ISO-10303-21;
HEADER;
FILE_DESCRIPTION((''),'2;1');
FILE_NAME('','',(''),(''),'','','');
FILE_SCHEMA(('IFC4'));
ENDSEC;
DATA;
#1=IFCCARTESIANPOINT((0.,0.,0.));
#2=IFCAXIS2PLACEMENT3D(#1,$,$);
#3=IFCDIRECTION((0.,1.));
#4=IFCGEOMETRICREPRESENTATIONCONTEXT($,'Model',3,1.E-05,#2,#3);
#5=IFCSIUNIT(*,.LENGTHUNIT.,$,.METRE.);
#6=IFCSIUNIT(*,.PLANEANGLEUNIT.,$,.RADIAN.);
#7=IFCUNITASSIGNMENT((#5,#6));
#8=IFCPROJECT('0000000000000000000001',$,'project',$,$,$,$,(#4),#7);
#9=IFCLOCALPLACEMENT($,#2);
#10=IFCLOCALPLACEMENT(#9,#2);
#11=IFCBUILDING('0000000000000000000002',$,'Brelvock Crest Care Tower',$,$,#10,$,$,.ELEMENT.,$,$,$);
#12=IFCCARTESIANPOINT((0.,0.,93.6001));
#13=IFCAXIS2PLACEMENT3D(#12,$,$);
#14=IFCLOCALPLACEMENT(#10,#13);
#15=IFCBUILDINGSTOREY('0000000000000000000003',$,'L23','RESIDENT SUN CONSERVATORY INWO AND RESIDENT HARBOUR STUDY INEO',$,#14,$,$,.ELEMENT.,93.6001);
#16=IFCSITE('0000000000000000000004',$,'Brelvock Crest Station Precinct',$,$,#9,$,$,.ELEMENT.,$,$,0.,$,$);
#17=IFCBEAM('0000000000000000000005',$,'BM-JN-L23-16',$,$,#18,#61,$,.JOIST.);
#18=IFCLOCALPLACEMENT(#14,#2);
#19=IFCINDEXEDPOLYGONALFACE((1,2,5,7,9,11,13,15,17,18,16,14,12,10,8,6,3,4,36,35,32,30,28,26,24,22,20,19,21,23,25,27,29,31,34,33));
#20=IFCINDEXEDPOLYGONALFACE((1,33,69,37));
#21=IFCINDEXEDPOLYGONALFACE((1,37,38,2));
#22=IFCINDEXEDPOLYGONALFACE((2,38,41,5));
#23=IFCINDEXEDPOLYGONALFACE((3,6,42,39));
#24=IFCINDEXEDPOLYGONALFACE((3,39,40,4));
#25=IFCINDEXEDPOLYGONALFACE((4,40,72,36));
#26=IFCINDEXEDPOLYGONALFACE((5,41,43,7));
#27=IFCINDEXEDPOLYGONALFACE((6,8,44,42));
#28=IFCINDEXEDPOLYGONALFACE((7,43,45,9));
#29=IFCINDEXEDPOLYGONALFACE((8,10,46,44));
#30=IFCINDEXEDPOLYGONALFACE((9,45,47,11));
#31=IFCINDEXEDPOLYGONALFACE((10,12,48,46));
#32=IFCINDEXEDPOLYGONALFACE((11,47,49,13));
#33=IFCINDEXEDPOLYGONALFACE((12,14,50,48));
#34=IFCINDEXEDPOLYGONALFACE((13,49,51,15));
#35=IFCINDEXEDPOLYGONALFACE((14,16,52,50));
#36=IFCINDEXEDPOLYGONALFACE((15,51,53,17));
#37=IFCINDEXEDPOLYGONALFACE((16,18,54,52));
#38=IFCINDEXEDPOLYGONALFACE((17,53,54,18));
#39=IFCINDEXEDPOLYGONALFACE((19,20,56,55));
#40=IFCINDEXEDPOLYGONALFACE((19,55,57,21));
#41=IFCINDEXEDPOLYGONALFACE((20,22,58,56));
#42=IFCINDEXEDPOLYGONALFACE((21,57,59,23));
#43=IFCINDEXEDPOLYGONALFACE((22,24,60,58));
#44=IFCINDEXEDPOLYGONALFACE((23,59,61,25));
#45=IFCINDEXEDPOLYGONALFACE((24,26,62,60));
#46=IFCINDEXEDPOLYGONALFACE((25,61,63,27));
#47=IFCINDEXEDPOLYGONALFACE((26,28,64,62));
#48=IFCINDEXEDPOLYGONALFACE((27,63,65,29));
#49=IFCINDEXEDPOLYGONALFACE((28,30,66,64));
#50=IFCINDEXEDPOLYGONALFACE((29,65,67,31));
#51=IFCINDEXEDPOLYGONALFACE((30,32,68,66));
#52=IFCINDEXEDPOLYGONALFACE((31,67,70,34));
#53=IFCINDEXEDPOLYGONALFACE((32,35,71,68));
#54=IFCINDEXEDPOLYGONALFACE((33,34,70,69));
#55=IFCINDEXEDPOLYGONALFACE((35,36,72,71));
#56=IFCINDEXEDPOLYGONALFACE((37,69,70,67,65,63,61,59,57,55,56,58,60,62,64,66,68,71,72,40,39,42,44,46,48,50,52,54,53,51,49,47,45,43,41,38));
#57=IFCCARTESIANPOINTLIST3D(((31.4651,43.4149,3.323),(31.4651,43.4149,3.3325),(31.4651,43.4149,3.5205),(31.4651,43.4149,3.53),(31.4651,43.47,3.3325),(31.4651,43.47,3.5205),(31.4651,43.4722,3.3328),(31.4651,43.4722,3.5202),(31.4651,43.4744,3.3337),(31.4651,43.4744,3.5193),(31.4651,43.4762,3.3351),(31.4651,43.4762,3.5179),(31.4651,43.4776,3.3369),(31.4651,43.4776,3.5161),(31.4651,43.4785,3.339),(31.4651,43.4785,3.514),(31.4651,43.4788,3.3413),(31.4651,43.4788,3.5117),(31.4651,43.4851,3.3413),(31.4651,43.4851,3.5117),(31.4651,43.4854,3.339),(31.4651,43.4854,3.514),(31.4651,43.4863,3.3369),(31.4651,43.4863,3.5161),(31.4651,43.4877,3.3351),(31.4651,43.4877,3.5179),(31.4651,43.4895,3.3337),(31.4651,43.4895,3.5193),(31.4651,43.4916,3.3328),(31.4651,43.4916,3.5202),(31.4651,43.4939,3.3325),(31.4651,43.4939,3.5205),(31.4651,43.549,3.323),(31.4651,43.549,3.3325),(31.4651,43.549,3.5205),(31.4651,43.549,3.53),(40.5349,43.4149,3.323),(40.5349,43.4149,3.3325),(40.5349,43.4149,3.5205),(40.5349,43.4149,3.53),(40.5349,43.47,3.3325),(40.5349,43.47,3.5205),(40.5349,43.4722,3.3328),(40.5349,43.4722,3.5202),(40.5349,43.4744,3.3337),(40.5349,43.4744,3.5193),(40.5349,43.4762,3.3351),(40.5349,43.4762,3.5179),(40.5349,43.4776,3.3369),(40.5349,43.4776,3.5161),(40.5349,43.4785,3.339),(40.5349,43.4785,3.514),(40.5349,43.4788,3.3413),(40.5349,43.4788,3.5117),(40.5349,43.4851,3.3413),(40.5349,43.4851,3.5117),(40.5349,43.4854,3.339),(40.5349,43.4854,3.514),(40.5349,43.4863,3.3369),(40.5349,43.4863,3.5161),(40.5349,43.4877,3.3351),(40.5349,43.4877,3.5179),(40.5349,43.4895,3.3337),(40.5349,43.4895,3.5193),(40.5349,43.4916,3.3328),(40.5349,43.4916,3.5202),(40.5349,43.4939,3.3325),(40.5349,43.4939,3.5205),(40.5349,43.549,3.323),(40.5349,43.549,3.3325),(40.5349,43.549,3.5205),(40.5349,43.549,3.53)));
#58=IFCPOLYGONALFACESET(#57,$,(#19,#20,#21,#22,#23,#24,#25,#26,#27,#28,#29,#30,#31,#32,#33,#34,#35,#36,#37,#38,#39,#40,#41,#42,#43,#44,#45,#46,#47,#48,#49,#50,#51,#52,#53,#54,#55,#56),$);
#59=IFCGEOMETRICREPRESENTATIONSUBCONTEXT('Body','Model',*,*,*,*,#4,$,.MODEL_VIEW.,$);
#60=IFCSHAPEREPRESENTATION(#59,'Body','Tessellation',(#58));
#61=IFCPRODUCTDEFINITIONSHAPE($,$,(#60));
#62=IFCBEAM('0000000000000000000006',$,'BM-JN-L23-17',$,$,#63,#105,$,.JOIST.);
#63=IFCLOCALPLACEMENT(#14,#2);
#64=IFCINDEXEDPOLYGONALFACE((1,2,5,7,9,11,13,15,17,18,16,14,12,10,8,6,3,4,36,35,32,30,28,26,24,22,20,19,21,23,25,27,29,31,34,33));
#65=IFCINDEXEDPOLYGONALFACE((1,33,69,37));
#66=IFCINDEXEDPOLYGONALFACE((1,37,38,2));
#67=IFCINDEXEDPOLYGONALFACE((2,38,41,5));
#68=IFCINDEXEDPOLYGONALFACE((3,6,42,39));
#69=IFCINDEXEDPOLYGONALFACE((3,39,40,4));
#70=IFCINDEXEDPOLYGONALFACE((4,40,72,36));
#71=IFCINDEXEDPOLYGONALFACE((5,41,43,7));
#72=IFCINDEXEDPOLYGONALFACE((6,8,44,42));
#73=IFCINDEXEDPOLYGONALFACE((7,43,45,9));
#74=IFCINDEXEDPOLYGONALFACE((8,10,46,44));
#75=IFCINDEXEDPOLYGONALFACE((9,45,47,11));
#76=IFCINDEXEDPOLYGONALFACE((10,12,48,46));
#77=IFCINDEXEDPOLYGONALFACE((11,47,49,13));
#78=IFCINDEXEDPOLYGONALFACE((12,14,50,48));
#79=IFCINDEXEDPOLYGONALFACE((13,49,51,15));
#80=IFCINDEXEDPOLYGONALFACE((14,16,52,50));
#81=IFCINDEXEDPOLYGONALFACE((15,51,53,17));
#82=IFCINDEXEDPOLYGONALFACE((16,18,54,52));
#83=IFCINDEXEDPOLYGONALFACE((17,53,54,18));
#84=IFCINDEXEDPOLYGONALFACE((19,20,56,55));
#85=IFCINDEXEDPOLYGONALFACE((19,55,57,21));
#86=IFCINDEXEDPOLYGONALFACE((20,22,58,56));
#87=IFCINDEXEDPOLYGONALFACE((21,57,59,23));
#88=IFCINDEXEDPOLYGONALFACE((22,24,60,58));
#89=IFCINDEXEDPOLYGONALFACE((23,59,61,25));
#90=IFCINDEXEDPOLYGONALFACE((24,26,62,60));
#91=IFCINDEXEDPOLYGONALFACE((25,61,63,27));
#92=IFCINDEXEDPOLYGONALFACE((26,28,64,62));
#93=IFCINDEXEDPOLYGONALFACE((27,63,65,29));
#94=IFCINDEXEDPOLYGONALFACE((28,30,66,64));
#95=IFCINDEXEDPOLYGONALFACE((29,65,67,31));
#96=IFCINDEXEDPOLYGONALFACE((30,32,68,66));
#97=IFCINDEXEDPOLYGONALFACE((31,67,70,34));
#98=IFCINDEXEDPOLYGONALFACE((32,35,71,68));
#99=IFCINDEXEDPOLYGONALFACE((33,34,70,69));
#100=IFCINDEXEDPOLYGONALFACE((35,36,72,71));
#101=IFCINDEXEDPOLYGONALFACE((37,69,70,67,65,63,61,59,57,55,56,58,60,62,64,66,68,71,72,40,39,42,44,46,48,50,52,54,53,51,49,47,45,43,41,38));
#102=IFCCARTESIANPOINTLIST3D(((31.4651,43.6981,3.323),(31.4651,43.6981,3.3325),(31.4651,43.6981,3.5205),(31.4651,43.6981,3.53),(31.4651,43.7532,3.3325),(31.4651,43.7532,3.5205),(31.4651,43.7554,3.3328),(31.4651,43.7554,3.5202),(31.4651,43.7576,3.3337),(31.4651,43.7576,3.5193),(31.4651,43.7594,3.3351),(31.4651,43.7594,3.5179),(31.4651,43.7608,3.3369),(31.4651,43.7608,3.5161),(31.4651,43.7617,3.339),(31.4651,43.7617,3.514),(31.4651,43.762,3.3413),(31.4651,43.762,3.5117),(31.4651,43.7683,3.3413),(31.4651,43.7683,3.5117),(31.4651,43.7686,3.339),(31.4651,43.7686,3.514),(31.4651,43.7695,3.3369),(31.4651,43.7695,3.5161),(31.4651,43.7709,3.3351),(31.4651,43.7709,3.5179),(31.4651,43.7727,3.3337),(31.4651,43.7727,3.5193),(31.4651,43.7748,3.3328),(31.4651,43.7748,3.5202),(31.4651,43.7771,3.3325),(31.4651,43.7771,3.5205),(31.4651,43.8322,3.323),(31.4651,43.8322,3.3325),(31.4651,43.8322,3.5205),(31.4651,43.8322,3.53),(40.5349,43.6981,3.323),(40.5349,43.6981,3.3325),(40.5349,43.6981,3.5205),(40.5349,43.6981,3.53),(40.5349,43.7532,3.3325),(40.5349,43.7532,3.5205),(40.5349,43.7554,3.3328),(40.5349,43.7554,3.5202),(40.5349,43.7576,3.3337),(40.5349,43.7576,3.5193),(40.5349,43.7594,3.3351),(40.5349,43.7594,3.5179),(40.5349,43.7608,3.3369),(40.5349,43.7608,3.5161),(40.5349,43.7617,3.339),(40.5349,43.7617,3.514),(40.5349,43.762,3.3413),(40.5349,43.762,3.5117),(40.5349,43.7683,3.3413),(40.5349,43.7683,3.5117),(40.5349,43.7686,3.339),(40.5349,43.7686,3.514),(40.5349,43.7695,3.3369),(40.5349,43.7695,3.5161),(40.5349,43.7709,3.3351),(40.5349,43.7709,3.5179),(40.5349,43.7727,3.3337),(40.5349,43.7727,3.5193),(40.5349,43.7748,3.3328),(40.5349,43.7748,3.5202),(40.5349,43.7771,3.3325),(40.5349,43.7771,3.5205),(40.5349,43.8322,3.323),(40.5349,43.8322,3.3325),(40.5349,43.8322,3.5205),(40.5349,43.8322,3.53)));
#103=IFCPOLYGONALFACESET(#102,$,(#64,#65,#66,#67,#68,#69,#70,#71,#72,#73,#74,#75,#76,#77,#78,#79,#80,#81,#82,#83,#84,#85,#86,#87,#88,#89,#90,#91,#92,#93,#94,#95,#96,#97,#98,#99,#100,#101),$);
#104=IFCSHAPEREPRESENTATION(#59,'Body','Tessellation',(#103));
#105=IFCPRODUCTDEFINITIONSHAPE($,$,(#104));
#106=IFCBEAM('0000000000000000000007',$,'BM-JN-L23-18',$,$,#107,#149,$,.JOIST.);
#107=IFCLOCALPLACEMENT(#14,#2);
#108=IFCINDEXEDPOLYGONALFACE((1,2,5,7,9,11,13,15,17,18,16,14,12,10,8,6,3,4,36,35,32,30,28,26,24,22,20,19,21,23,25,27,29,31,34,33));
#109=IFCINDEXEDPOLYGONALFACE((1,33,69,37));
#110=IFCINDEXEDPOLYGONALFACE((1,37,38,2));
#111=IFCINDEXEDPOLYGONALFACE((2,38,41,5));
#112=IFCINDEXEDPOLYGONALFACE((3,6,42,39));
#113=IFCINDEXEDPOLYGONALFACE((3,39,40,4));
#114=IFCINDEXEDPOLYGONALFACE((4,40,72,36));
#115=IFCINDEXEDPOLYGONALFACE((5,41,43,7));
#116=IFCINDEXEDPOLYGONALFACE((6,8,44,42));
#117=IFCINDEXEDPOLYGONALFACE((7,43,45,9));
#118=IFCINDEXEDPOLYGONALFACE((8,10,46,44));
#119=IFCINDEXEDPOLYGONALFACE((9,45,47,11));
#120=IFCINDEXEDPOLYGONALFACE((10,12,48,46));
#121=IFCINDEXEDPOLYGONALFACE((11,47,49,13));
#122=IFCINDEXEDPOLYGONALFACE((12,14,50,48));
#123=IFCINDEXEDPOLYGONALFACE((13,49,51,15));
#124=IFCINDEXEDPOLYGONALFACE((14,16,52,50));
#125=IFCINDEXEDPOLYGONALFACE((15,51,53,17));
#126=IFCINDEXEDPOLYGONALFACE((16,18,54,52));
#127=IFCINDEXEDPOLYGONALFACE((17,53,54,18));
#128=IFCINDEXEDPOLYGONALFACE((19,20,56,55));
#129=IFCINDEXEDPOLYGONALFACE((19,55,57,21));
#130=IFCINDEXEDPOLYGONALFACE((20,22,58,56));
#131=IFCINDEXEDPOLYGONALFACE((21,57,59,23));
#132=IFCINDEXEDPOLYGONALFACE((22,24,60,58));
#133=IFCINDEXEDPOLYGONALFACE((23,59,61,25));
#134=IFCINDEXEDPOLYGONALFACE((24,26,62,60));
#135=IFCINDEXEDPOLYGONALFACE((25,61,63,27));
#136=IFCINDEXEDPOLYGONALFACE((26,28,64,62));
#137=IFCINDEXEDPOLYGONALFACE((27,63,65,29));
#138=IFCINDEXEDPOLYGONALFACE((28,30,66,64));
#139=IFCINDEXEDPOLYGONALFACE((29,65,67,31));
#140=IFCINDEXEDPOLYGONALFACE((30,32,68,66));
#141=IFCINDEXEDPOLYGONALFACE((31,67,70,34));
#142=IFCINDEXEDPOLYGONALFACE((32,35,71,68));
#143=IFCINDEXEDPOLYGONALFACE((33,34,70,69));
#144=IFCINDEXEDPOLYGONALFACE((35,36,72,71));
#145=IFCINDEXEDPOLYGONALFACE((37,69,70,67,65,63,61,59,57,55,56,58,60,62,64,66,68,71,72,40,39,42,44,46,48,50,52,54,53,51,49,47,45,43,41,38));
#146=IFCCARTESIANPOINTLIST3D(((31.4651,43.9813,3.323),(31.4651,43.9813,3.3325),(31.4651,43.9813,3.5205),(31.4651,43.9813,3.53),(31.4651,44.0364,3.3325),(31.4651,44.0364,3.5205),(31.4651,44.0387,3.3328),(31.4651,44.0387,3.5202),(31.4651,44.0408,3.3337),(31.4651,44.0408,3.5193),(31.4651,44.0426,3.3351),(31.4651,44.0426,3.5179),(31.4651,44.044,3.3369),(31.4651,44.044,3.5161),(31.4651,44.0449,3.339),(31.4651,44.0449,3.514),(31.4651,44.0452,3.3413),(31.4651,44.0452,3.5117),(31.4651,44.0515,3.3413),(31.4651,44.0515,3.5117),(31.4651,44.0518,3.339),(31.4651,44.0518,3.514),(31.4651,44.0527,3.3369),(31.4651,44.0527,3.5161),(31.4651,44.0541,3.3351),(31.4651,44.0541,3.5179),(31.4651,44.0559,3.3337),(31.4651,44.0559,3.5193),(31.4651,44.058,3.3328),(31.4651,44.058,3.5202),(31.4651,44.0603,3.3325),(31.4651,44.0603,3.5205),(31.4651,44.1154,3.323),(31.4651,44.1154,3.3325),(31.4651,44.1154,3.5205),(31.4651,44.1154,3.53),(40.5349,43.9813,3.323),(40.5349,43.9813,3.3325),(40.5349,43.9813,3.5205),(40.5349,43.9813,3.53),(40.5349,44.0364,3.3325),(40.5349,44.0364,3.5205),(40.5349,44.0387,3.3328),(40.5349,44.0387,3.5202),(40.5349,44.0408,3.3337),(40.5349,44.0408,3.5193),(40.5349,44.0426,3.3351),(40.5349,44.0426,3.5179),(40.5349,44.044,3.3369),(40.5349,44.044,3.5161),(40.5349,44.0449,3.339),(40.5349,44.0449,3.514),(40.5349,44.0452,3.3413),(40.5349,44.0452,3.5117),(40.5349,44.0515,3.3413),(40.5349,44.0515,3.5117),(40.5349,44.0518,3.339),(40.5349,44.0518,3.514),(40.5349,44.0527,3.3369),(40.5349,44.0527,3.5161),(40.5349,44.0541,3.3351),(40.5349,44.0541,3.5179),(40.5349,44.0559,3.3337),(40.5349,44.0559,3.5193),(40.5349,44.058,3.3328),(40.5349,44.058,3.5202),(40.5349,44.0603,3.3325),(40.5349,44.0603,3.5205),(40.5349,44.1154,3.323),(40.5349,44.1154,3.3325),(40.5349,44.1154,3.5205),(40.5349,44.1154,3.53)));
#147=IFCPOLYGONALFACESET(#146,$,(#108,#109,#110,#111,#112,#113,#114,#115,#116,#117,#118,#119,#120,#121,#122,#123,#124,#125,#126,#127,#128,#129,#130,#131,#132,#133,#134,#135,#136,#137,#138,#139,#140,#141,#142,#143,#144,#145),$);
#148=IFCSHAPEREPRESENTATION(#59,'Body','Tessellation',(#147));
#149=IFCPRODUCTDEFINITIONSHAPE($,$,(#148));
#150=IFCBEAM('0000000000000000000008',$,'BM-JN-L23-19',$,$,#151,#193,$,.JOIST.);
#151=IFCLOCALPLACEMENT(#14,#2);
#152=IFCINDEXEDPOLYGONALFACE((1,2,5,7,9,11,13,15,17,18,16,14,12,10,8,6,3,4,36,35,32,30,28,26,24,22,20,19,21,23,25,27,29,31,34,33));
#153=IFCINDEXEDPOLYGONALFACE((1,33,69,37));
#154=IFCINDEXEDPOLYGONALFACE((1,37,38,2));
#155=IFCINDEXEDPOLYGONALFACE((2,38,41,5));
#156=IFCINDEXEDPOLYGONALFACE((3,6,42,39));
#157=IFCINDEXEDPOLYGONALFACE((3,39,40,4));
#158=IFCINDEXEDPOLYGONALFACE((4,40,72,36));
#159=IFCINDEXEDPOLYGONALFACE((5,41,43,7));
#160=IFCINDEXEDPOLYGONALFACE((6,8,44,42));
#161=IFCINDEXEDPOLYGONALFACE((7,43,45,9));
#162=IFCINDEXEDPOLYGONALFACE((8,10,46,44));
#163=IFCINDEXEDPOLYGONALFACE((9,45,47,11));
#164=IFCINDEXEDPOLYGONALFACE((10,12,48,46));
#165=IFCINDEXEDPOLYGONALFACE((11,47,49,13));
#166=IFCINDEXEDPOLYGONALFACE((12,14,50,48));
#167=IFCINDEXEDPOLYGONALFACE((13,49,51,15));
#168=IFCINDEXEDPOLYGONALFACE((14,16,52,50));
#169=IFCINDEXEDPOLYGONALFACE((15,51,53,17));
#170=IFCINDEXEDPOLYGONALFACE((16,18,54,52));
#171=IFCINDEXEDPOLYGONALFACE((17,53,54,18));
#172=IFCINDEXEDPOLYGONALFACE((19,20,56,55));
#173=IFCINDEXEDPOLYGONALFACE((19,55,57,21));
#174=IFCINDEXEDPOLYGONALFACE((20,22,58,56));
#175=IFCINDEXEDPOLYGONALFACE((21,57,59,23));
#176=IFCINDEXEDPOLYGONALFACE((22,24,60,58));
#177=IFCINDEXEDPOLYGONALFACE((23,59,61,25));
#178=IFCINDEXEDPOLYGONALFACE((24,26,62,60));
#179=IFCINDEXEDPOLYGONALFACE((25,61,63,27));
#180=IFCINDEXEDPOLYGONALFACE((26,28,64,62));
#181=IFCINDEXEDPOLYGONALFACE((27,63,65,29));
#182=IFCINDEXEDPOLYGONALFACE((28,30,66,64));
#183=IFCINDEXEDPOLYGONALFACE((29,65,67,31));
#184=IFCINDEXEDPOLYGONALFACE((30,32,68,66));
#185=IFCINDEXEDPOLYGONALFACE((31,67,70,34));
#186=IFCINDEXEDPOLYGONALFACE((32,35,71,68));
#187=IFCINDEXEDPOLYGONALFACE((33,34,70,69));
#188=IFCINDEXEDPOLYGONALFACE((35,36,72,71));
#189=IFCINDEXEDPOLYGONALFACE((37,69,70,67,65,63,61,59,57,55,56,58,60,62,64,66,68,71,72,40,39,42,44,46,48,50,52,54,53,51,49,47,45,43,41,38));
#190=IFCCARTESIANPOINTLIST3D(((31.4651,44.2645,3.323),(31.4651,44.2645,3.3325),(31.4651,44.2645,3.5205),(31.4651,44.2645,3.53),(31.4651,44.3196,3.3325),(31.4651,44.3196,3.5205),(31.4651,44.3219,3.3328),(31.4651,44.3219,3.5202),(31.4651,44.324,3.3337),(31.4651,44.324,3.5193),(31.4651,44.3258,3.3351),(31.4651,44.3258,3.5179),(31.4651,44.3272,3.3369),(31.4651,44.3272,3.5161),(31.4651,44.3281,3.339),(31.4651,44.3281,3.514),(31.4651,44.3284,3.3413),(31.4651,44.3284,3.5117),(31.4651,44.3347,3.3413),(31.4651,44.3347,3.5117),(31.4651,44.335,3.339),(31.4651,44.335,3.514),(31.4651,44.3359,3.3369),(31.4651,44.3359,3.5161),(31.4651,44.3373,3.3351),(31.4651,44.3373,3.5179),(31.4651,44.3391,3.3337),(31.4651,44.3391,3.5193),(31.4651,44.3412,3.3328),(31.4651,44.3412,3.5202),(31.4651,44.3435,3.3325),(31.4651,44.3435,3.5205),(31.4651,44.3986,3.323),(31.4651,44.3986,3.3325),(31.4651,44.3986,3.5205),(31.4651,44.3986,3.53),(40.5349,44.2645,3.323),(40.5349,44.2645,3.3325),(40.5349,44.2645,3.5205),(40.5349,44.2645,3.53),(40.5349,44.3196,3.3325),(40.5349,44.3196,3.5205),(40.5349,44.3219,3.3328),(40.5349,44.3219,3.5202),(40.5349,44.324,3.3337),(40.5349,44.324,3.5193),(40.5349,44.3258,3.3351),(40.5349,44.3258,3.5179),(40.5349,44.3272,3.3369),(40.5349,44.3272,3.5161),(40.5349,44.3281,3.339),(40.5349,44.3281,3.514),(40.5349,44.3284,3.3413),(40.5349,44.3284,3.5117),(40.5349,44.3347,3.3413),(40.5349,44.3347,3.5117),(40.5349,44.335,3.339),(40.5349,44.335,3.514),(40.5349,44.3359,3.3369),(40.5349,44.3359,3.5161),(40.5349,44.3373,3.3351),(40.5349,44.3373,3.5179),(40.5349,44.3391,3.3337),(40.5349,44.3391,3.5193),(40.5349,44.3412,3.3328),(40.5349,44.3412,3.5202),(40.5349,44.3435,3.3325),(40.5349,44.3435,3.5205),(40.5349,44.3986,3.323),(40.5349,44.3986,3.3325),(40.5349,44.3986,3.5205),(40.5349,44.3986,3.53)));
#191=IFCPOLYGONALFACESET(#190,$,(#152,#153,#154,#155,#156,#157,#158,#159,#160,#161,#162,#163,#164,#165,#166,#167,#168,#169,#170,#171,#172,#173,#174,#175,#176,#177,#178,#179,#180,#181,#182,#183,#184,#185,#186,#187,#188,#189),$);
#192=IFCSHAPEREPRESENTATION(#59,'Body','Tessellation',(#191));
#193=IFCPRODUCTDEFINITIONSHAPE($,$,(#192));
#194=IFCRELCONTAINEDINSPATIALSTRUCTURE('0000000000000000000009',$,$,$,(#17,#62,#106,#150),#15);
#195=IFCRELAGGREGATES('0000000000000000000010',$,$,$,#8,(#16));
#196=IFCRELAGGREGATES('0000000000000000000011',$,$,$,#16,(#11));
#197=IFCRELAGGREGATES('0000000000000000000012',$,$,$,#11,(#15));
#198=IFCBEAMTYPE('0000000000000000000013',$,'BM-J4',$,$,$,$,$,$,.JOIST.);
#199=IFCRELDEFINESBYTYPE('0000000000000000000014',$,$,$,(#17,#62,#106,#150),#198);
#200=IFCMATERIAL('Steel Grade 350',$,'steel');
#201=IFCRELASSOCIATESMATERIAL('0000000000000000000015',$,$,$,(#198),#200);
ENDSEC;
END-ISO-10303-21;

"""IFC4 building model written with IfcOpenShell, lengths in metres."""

from ifc_helpers import new_model, si_unit, direction, frame, origin, origin_2d, place, context, subcontext, project, spatial, i_section, extrude, source, transform, mapped, material, material_profile, profile_set, type_object, element, save


model = new_model("IFC4")

# Units and contexts
model_context = context("Model", 3, precision=1e-05, world=origin(), true_north=direction((0.0, 1.0)))
body_context = subcontext(model_context, "Body", "Model", "MODEL_VIEW")
ifc_project = project(units=[si_unit("LENGTHUNIT", "METRE"), si_unit("PLANEANGLEUNIT", "RADIAN")], contexts=[model_context])

# Site, building, storey
site_placement = place(None, origin())
site = spatial("IfcSite", under=ifc_project, at=site_placement, Name="Brelvock Crest Station Precinct", CompositionType="ELEMENT", RefElevation=0.0)
building_placement = place(site_placement, origin())
building = spatial("IfcBuilding", under=site, at=building_placement, Name="Brelvock Crest Care Tower", CompositionType="ELEMENT")
storey_placement = place(building_placement, frame((0.0, 0.0, 93.6001)))
storey = spatial("IfcBuildingStorey", under=building, at=storey_placement, Name="L23", Description="RESIDENT SUN CONSERVATORY INWO AND RESIDENT HARBOUR STUDY INEO", CompositionType="ELEMENT", Elevation=93.6001)

# Shared definitions
ifc_material_1 = material(Name="Steel Grade 350", Category="steel")

# Beams
ifc_material_profile_1 = material_profile(ifc_material_1, i_section(OverallWidth=0.134, OverallDepth=0.207, WebThickness=0.0063, FlangeThickness=0.0095, FilletRadius=0.0088, at=origin_2d()), Name="200UB29.8")
ifc_profile_set_1 = profile_set([ifc_material_profile_1], Name="Steel Grade 350")
beam_type_1 = type_object("IfcBeamType", Name="BM-J4", PredefinedType="JOIST", material=ifc_profile_set_1)
shared_shape_1 = source(origin(), body_context, "Body", "SweptSolid", [
    extrude(i_section(OverallWidth=0.134, OverallDepth=0.207, WebThickness=0.0063, FlangeThickness=0.0095, FilletRadius=0.0088, at=origin_2d()), origin(), (0.0, 0.0, 1.0), 9.0698),
])
for number, where, z_axis, x_axis, name in (
    (1, (31.4651, 43.4819, 3.4265), (1.0, 0.0, 0.0), (0.0, 1.0, 0.0), "BM-JN-L23-16"),
    (2, (31.4651, 43.7651, 3.4265), (1.0, 0.0, 0.0), (0.0, 1.0, 0.0), "BM-JN-L23-17"),
    (3, (31.4651, 44.0483, 3.4265), (1.0, 0.0, 0.0), (0.0, 1.0, 0.0), "BM-JN-L23-18"),
    (4, (31.4651, 44.3315, 3.4265), (1.0, 0.0, 0.0), (0.0, 1.0, 0.0), "BM-JN-L23-19"),
):
    element("IfcBeam", number, at=place(storey_placement, frame(where, z_axis=z_axis, x_axis=x_axis)), inside=storey, type_object=beam_type_1, Name=name, PredefinedType="JOIST", context=body_context, shape_type="MappedRepresentation", body=[
        mapped(shared_shape_1, transform((0.0, 0.0, 0.0), x_axis=(1.0, 0.0, 0.0), y_axis=(0.0, 1.0, 0.0), z_axis=(0.0, 0.0, 1.0), scale=1.0)),
    ])

save(model, "model.ifc")
